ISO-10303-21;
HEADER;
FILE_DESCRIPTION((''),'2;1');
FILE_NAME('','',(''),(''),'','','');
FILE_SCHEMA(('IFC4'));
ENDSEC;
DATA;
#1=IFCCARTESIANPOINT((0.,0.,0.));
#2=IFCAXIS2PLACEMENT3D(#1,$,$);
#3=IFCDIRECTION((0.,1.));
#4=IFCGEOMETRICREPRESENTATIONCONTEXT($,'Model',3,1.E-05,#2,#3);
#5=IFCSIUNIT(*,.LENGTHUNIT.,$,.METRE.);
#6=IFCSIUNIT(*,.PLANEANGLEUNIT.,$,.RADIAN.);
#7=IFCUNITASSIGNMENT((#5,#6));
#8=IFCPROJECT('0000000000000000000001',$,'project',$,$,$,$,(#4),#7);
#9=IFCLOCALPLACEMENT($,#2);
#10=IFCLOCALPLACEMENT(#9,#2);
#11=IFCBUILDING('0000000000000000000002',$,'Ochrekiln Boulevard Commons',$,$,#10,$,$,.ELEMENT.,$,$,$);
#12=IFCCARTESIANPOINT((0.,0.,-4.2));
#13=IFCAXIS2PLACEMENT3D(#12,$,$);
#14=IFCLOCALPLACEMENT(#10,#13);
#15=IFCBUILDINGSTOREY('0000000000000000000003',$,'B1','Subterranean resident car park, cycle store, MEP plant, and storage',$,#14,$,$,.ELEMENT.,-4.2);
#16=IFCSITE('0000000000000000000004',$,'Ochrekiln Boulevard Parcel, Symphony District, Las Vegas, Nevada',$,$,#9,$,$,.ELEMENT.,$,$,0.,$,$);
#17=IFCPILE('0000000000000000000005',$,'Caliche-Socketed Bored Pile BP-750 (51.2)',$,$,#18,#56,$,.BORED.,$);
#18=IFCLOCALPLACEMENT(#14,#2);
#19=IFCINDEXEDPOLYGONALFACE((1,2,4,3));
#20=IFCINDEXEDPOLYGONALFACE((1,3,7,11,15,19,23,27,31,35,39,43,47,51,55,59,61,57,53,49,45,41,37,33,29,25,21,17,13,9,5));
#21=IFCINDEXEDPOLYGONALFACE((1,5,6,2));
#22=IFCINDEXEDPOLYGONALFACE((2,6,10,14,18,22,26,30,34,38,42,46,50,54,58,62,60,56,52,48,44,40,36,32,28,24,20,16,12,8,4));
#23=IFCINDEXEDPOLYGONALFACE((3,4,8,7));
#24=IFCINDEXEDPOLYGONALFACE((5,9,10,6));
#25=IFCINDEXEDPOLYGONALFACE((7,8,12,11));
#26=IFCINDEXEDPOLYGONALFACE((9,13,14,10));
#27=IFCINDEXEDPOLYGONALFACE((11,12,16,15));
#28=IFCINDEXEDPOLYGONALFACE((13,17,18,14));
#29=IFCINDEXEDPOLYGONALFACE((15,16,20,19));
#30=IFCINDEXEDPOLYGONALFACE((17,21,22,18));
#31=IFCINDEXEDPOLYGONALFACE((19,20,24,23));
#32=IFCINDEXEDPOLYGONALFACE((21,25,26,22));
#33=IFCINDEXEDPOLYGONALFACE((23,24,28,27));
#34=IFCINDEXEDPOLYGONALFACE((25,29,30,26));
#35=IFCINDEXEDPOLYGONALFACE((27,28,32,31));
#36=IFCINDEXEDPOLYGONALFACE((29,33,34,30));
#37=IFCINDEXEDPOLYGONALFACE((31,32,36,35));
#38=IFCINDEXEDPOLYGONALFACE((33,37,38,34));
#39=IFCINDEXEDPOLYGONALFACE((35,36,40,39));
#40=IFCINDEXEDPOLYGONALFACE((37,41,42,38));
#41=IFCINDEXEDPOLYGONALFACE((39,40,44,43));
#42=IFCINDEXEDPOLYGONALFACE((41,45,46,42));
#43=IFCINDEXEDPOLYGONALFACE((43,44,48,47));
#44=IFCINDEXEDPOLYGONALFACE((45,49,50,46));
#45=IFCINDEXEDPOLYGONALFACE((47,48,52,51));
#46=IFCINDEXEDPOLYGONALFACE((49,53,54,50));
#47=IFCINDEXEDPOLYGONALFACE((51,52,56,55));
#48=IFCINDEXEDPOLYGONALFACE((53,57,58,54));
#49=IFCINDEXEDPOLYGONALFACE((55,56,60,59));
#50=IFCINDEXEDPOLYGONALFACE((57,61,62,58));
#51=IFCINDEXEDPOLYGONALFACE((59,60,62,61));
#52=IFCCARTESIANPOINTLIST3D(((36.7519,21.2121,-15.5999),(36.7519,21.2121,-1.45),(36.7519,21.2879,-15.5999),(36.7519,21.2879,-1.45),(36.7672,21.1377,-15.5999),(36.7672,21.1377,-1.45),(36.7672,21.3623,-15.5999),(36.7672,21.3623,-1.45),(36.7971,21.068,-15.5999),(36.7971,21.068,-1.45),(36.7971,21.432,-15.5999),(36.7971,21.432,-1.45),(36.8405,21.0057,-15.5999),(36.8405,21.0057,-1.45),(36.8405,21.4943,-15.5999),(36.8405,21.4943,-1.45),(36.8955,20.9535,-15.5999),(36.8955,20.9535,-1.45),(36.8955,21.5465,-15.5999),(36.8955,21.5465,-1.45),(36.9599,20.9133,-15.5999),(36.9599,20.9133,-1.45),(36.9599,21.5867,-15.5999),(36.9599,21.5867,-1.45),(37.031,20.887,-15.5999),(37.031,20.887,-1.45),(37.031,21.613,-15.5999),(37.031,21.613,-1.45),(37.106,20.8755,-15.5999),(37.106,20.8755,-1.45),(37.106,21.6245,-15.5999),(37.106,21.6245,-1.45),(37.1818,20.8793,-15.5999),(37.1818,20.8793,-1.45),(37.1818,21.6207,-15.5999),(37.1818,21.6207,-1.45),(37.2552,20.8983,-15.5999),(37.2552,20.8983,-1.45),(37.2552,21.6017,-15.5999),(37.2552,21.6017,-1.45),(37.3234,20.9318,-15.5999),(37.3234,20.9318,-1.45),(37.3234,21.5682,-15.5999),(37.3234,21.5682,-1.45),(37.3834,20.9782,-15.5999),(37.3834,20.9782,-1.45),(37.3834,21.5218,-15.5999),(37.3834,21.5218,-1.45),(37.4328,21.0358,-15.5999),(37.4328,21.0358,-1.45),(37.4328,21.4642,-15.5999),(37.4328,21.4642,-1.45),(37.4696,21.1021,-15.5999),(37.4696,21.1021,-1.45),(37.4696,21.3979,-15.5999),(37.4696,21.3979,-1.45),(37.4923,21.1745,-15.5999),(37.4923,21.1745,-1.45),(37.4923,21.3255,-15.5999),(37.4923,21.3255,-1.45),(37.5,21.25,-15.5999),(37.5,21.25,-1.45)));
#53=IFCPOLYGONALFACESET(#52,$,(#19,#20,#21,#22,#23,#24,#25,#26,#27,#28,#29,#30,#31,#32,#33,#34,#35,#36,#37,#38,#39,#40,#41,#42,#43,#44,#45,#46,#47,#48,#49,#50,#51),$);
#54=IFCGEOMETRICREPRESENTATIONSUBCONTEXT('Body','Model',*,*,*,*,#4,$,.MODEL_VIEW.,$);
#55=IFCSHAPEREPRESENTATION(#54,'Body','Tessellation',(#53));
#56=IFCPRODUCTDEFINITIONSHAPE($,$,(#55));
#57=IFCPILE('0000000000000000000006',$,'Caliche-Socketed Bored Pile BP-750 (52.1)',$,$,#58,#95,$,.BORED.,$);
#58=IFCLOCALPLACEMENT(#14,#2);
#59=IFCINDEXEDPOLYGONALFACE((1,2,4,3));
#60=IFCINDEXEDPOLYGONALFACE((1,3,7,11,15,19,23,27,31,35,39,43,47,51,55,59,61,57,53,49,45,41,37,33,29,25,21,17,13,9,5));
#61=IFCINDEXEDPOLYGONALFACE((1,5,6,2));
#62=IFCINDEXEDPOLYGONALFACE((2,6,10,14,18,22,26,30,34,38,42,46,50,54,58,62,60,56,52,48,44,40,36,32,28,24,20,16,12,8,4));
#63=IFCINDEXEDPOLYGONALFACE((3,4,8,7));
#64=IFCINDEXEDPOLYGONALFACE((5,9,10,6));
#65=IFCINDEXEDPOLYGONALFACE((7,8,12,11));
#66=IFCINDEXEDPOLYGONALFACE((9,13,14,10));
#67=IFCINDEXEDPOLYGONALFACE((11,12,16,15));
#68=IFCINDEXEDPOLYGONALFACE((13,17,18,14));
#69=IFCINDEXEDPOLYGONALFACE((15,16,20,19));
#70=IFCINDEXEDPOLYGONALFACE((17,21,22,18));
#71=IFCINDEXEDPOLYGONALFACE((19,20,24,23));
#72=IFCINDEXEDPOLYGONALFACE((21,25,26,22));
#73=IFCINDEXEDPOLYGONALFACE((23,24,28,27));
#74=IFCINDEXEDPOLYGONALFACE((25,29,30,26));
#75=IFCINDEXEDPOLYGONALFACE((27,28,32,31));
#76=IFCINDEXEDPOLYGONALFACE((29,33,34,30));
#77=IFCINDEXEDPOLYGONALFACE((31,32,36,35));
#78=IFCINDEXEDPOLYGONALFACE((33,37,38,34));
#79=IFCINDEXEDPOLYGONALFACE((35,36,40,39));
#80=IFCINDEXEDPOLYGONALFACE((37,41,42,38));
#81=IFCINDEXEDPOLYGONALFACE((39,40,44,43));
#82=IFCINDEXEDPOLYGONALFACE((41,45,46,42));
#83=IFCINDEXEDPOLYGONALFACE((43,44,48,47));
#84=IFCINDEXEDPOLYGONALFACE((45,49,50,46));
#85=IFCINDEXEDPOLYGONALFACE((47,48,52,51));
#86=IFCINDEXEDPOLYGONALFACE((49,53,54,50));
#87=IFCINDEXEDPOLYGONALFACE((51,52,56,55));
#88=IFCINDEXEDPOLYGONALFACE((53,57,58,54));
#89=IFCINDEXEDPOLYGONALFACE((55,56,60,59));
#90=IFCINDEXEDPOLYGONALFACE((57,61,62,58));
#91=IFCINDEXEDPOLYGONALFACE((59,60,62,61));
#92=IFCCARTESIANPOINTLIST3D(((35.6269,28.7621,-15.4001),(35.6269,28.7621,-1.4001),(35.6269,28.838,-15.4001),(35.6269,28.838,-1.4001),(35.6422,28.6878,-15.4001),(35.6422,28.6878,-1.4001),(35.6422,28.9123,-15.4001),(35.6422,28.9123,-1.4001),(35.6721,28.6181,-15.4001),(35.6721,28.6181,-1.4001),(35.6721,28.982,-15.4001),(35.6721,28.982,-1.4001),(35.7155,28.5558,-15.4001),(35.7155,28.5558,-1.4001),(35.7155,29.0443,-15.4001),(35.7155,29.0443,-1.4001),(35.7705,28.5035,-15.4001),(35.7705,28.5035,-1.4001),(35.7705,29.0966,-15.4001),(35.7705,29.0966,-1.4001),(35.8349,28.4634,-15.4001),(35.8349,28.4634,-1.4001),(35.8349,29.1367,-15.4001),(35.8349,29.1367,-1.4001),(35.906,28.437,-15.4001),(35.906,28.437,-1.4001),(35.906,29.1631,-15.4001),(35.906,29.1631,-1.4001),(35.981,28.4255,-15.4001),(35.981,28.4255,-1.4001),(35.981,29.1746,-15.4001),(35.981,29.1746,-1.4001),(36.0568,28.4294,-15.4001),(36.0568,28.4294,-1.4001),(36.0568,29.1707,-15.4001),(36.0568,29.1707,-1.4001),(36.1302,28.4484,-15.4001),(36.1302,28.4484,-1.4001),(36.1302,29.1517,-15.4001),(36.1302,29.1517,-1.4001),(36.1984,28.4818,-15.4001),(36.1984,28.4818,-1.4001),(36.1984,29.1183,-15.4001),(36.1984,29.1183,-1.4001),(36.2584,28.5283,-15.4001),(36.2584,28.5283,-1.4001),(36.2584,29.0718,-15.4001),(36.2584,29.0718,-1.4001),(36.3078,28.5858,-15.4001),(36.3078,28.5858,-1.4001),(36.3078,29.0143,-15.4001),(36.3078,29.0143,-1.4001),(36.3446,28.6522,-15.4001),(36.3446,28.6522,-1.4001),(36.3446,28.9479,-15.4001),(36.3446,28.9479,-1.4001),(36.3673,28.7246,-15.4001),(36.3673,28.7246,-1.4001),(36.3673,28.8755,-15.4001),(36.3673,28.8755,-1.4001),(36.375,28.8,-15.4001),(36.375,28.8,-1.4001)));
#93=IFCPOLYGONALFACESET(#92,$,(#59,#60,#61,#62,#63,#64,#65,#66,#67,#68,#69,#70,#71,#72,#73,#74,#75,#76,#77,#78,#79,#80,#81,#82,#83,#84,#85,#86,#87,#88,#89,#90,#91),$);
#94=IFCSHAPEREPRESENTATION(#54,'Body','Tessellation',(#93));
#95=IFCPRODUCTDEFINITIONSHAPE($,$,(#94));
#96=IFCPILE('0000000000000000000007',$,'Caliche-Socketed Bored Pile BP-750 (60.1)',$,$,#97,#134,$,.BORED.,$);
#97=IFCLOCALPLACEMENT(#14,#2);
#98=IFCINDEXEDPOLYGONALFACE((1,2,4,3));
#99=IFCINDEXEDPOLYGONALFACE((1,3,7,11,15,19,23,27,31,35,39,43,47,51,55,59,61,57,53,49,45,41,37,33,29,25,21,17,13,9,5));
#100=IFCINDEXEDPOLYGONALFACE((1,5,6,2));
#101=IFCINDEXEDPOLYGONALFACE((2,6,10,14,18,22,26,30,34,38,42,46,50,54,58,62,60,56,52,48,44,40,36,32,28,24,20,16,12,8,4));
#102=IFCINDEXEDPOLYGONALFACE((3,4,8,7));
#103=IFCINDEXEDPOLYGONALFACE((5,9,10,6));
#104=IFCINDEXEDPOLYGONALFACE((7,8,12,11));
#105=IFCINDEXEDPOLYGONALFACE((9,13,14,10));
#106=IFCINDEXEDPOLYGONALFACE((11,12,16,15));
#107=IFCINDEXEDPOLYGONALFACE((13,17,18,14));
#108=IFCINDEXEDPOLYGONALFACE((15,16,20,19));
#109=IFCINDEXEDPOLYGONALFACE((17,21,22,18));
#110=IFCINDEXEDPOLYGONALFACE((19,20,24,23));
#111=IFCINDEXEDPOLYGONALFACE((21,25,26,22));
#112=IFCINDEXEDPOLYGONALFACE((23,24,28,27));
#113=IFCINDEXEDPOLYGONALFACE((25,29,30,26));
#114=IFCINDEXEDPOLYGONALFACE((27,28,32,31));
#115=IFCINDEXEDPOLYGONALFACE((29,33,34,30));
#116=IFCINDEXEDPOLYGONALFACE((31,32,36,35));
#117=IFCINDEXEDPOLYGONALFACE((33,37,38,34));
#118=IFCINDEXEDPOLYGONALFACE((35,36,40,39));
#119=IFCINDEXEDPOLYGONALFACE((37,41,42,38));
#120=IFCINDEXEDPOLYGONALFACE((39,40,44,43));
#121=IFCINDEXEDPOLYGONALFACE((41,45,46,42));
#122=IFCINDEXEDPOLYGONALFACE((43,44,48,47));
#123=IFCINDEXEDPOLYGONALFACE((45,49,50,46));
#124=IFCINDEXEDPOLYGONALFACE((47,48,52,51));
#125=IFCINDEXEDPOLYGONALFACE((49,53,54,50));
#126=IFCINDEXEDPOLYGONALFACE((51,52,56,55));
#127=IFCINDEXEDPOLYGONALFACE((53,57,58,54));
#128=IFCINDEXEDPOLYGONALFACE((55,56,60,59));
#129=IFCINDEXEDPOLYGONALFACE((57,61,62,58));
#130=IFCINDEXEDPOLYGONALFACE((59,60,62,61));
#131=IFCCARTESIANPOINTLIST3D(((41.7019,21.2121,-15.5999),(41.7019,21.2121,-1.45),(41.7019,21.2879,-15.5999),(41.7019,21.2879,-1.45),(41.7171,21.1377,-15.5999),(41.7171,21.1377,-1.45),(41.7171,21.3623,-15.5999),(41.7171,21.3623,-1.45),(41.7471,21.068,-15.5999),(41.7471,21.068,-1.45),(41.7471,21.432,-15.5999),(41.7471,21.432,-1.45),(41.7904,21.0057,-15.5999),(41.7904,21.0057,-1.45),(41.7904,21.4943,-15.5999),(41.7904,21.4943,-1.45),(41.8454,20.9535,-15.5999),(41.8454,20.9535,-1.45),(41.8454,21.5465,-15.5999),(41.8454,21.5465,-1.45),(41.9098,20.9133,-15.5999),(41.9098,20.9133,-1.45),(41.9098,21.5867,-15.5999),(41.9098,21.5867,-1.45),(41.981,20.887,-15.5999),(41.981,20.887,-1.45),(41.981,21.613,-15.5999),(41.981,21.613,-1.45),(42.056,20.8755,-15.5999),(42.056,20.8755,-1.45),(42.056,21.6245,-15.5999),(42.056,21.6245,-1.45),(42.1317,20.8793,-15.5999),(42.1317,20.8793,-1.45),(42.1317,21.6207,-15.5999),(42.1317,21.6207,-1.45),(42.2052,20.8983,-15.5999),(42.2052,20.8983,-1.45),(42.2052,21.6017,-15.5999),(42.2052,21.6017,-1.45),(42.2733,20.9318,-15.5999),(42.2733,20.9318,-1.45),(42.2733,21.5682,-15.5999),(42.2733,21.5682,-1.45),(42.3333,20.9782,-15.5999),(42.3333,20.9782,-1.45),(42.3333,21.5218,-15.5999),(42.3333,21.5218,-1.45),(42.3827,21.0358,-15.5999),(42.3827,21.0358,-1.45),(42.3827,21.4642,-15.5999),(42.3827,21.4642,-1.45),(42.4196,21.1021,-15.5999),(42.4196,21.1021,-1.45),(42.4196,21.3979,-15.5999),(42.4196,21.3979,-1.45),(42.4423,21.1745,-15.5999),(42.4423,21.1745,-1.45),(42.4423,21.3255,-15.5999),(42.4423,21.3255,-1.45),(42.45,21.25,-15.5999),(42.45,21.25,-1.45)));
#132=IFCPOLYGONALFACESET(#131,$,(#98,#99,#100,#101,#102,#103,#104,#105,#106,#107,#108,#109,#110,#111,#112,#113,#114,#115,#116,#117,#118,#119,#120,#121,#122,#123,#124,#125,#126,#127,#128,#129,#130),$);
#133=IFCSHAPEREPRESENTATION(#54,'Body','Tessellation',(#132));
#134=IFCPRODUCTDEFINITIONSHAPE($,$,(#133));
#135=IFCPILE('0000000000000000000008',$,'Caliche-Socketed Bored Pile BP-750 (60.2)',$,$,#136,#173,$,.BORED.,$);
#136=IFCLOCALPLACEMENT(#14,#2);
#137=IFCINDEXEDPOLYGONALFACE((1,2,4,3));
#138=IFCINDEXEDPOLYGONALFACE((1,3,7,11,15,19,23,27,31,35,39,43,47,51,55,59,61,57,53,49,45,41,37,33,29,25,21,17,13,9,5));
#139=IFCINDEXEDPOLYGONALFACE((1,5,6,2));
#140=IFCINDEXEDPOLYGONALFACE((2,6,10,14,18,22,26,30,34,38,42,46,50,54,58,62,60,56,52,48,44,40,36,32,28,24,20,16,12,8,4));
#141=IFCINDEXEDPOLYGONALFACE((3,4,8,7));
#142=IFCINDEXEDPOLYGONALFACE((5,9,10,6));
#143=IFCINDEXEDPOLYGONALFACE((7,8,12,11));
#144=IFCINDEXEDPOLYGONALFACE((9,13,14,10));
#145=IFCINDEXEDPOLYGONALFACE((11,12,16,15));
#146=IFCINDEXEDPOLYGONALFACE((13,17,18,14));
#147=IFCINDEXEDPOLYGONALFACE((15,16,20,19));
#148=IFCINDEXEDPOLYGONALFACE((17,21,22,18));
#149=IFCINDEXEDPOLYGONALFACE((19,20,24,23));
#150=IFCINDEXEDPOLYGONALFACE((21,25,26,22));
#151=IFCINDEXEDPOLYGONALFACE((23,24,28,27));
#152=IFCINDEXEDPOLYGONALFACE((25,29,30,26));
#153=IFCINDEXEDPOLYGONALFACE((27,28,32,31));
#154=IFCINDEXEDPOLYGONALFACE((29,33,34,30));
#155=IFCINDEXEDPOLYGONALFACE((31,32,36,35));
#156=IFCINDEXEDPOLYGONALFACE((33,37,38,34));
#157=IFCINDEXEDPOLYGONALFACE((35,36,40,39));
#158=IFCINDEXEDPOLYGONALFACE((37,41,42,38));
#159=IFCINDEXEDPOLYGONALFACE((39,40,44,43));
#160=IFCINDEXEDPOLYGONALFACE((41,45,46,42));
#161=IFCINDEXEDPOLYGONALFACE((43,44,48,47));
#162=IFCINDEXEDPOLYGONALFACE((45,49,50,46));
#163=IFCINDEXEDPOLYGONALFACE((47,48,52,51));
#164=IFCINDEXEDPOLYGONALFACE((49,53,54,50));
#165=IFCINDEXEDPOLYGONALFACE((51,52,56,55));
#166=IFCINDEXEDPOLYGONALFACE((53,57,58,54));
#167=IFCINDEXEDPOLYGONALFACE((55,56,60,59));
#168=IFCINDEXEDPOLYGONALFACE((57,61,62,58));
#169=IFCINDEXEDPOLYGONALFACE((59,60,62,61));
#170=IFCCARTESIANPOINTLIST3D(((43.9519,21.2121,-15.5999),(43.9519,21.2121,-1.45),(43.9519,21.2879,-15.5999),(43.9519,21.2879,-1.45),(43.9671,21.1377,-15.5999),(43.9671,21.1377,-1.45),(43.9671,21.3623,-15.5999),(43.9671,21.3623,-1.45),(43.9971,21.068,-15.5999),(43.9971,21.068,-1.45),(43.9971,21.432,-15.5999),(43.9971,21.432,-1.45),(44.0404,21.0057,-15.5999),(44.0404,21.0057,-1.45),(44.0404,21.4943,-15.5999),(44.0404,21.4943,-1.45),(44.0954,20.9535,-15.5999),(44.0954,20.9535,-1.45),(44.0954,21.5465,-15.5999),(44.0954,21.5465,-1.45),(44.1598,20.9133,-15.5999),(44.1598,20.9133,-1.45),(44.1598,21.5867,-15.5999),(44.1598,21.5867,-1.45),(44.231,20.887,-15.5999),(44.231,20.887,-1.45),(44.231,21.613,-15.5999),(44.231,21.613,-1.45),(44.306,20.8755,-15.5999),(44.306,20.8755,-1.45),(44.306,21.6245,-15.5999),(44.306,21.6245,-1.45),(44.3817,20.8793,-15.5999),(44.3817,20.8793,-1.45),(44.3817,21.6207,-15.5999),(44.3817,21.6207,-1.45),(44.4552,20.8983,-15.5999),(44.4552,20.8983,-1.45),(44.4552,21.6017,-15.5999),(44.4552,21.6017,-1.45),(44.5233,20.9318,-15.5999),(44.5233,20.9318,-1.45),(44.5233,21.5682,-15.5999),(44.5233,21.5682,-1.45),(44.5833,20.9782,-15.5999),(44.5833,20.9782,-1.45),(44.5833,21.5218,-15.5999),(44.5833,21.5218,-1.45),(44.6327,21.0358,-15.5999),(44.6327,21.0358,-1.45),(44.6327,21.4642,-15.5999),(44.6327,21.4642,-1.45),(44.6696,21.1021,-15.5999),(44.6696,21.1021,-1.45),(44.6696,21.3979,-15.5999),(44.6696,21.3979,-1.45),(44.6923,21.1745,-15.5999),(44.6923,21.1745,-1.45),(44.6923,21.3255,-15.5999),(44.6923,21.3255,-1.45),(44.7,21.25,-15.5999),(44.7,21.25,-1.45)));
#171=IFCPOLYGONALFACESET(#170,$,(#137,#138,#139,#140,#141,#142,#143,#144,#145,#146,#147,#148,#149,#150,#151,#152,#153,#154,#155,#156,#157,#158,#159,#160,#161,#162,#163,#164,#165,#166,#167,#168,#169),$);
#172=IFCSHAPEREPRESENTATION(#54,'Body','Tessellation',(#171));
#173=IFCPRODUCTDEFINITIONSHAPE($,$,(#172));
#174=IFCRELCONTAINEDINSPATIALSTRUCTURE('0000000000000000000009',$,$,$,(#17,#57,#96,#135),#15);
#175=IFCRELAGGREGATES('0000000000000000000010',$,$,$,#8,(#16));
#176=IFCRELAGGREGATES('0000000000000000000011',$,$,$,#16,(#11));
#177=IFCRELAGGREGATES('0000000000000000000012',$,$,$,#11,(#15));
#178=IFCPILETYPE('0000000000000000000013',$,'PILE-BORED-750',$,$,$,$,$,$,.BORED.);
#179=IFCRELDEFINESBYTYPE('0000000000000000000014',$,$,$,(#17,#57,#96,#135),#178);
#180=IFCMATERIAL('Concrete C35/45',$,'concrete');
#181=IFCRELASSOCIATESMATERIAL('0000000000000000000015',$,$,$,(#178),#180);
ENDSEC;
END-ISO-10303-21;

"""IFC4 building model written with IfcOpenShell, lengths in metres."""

from ifc_helpers import new_model, si_unit, direction, frame, origin, origin_2d, place, context, subcontext, project, spatial, circle, extrude, material, material_profile, profile_set, type_object, element, save


model = new_model("IFC4")

# Units and contexts
model_context = context("Model", 3, precision=1e-05, world=origin(), true_north=direction((0.0, 1.0)))
body_context = subcontext(model_context, "Body", "Model", "MODEL_VIEW")
ifc_project = project(units=[si_unit("LENGTHUNIT", "METRE"), si_unit("PLANEANGLEUNIT", "RADIAN")], contexts=[model_context])

# Site, building, storey
site_placement = place(None, origin())
site = spatial("IfcSite", under=ifc_project, at=site_placement, Name="Ochrekiln Boulevard Parcel, Symphony District, Las Vegas, Nevada", CompositionType="ELEMENT", RefElevation=0.0)
building_placement = place(site_placement, origin())
building = spatial("IfcBuilding", under=site, at=building_placement, Name="Ochrekiln Boulevard Commons", CompositionType="ELEMENT")
storey_placement = place(building_placement, frame((0.0, 0.0, -4.2)))
storey = spatial("IfcBuildingStorey", under=building, at=storey_placement, Name="B1", Description="Subterranean resident car park, cycle store, MEP plant, and storage", CompositionType="ELEMENT", Elevation=-4.2)

# Shared definitions
ifc_material_1 = material(Name="Concrete C35/45", Category="concrete")

# Piles
ifc_material_profile_1 = material_profile(ifc_material_1, circle(Radius=0.375, at=origin_2d()), Name="PILE-D750")
ifc_profile_set_1 = profile_set([ifc_material_profile_1], Name="Concrete C35/45")
pile_type = type_object("IfcPileType", Name="PILE-BORED-750", PredefinedType="BORED", material=ifc_profile_set_1)
for number, where, z_axis, x_axis, name in (
    (1, (37.125, 21.25, -1.45), (0.0, 0.0, -1.0), (1.0, 0.0, 0.0), "Caliche-Socketed Bored Pile BP-750 (51.2)"),
):
    element("IfcPile", number, at=place(storey_placement, frame(where, z_axis=z_axis, x_axis=x_axis)), inside=storey, type_object=pile_type, Name=name, PredefinedType="BORED", context=body_context, shape_type="SweptSolid", body=[
        extrude(circle(Radius=0.375, at=origin_2d()), origin(), (0.0, 0.0, 1.0), 14.1499),
    ])
pile_1_placement = place(storey_placement, frame((36.0, 28.8, -1.4001), z_axis=(0.0, 0.0, -1.0), x_axis=(1.0, 0.0, 0.0)))
element("IfcPile", 2, at=pile_1_placement, inside=storey, type_object=pile_type, Name="Caliche-Socketed Bored Pile BP-750 (52.1)", PredefinedType="BORED", context=body_context, shape_type="SweptSolid", body=[
    extrude(circle(Radius=0.375, at=origin_2d()), origin(), (0.0, 0.0, 1.0), 14.0),
])
for number, where, z_axis, x_axis, name in (
    (3, (42.075, 21.25, -1.45), (0.0, 0.0, -1.0), (1.0, 0.0, 0.0), "Caliche-Socketed Bored Pile BP-750 (60.1)"),
    (4, (44.325, 21.25, -1.45), (0.0, 0.0, -1.0), (1.0, 0.0, 0.0), "Caliche-Socketed Bored Pile BP-750 (60.2)"),
):
    element("IfcPile", number, at=place(storey_placement, frame(where, z_axis=z_axis, x_axis=x_axis)), inside=storey, type_object=pile_type, Name=name, PredefinedType="BORED", context=body_context, shape_type="SweptSolid", body=[
        extrude(circle(Radius=0.375, at=origin_2d()), origin(), (0.0, 0.0, 1.0), 14.1499),
    ])

save(model, "model.ifc")
